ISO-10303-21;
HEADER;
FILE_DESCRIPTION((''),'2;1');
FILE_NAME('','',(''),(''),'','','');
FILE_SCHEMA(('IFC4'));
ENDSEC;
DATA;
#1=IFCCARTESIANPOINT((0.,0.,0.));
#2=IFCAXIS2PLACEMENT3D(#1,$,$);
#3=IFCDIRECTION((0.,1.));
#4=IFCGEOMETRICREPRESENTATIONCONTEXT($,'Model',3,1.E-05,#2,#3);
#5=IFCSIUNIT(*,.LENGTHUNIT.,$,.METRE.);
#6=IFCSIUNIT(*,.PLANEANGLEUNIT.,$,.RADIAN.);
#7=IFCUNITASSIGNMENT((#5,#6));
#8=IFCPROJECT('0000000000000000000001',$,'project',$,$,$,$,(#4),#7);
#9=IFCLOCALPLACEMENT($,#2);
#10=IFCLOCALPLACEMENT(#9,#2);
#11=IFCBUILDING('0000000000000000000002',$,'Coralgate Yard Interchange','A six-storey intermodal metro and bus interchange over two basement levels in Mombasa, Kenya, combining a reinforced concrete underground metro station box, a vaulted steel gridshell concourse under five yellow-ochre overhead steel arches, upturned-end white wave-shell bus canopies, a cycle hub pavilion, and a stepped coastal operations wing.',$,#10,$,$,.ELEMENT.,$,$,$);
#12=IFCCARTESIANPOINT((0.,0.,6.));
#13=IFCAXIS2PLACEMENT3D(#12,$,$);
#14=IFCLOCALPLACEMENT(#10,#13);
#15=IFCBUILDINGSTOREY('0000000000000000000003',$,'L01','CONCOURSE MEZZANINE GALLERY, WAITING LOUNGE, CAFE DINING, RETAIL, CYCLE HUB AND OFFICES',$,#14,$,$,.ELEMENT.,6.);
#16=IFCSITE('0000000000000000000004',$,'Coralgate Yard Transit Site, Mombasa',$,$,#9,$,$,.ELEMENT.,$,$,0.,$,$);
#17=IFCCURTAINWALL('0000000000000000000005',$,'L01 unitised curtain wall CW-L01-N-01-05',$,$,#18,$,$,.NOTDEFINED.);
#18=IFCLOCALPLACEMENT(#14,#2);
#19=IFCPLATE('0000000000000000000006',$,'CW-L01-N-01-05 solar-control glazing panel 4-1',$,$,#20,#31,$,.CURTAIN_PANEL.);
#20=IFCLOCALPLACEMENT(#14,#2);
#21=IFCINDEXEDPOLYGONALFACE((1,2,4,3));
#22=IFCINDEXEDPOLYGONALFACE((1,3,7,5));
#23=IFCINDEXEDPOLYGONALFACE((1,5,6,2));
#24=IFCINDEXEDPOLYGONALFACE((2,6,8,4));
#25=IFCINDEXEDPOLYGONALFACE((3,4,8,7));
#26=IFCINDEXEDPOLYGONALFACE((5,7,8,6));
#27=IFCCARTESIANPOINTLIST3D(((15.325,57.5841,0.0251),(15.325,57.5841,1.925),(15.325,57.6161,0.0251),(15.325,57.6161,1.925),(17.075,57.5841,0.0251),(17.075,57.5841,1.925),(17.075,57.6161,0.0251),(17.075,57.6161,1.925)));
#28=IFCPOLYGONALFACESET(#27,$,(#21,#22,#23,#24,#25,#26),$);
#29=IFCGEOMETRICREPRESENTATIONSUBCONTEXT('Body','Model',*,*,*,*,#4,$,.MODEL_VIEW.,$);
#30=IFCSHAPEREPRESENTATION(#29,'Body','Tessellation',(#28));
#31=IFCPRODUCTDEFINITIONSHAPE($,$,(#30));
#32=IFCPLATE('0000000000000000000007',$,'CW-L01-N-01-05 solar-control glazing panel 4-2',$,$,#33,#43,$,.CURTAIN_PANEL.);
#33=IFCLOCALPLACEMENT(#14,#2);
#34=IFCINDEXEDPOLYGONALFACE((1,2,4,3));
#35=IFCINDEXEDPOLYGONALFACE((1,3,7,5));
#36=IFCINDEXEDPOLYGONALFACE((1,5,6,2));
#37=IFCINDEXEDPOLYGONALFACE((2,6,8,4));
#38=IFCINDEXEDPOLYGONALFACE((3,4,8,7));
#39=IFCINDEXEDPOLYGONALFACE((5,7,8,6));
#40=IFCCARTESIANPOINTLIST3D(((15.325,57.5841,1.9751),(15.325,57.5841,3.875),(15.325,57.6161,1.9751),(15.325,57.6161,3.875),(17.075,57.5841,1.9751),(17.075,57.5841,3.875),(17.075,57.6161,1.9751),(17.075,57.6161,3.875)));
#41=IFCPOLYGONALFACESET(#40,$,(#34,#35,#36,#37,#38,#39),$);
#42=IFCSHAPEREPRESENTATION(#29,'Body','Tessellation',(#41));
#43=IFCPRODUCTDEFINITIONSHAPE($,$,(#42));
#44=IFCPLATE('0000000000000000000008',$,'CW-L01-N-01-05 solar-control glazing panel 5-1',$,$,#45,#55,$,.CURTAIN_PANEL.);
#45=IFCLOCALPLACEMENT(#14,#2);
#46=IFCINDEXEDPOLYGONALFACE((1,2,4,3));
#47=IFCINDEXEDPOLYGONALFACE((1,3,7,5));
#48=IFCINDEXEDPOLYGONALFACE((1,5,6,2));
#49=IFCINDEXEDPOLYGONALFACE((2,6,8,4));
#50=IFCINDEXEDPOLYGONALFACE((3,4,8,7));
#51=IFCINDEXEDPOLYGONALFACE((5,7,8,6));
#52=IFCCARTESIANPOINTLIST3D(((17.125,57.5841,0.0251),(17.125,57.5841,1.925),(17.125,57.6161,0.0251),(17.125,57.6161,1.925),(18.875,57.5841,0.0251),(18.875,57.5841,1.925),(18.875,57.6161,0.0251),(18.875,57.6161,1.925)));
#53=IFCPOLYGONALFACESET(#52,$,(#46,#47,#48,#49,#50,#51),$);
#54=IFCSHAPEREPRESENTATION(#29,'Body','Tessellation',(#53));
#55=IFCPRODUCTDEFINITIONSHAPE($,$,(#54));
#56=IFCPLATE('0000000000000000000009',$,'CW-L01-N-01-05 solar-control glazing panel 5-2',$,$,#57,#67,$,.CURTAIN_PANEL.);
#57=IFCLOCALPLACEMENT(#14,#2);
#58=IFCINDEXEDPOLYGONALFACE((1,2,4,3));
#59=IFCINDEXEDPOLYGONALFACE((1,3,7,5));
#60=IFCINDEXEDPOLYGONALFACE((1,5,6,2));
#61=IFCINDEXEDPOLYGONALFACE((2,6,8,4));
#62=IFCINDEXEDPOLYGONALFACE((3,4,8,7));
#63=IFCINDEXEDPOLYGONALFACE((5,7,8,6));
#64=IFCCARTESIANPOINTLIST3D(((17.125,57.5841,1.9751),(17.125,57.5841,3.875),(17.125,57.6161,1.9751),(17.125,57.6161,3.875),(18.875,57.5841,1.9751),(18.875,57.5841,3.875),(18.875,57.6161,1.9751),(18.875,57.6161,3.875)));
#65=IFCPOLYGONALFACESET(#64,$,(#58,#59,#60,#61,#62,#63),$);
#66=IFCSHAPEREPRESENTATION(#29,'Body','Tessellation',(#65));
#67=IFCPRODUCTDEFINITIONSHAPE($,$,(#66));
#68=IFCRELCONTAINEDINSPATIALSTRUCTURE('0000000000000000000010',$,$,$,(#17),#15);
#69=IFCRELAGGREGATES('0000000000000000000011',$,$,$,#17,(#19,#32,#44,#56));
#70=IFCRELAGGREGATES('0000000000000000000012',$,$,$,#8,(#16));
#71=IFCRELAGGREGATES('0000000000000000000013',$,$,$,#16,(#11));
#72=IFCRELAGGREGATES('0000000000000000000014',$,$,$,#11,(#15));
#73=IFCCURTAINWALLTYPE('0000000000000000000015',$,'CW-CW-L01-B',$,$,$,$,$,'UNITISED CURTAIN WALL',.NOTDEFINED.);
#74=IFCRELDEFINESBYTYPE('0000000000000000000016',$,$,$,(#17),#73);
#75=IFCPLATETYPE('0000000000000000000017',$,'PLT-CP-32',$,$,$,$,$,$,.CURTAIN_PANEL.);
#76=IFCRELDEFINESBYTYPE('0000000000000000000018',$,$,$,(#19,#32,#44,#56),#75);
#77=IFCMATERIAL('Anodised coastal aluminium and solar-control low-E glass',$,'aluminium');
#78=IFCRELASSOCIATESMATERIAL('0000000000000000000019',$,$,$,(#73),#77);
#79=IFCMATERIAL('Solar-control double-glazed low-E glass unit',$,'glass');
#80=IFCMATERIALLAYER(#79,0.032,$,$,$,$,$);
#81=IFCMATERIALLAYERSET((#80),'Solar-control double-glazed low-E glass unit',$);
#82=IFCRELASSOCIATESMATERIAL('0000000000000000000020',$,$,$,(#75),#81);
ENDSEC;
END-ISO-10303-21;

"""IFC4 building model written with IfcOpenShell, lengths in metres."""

from ifc_helpers import new_model, si_unit, direction, frame, origin, origin_2d, place, context, subcontext, project, spatial, rectangle, extrude, material, layer, layer_set, type_object, element, aggregate, save


model = new_model("IFC4")

# Units and contexts
model_context = context("Model", 3, precision=1e-05, world=origin(), true_north=direction((0.0, 1.0)))
body_context = subcontext(model_context, "Body", "Model", "MODEL_VIEW")
ifc_project = project(units=[si_unit("LENGTHUNIT", "METRE"), si_unit("PLANEANGLEUNIT", "RADIAN")], contexts=[model_context])

# Site, building, storey
site_placement = place(None, origin())
site = spatial("IfcSite", under=ifc_project, at=site_placement, Name="Coralgate Yard Transit Site, Mombasa", CompositionType="ELEMENT", RefElevation=0.0)
building_placement = place(site_placement, origin())
building = spatial("IfcBuilding", under=site, at=building_placement, Name="Coralgate Yard Interchange", Description="A six-storey intermodal metro and bus interchange over two basement levels in Mombasa, Kenya, combining a reinforced concrete underground metro station box, a vaulted steel gridshell concourse under five yellow-ochre overhead steel arches, upturned-end white wave-shell bus canopies, a cycle hub pavilion, and a stepped coastal operations wing.", CompositionType="ELEMENT")
storey_placement = place(building_placement, frame((0.0, 0.0, 6.0)))
storey = spatial("IfcBuildingStorey", under=building, at=storey_placement, Name="L01", Description="CONCOURSE MEZZANINE GALLERY, WAITING LOUNGE, CAFE DINING, RETAIL, CYCLE HUB AND OFFICES", CompositionType="ELEMENT", Elevation=6.0)

# Curtain wall, plates
ifc_material_1 = material(Name="Anodised coastal aluminium and solar-control low-E glass", Category="aluminium")
curtain_wall_type = type_object("IfcCurtainWallType", Name="CW-CW-L01-B", ElementType="UNITISED CURTAIN WALL", PredefinedType="NOTDEFINED", material=ifc_material_1)
curtain_wall_placement = place(storey_placement, origin())
curtain_wall = element("IfcCurtainWall", 1, at=curtain_wall_placement, inside=storey, type_object=curtain_wall_type, Name="L01 unitised curtain wall CW-L01-N-01-05", PredefinedType="NOTDEFINED")
ifc_material_2 = material(Name="Solar-control double-glazed low-E glass unit", Category="glass")
ifc_layer = layer(ifc_material_2, 0.032)
ifc_layer_set = layer_set([ifc_layer], Name="Solar-control double-glazed low-E glass unit")
plate_type = type_object("IfcPlateType", Name="PLT-CP-32", PredefinedType="CURTAIN_PANEL", material=ifc_layer_set)
plate_1_placement = place(storey_placement, frame((16.2, 57.6001, 0.0251), z_axis=(0.0, 0.0, 1.0), x_axis=(1.0, 0.0, 0.0)))
plate_1 = element("IfcPlate", 2, at=plate_1_placement, type_object=plate_type, Name="CW-L01-N-01-05 solar-control glazing panel 4-1", PredefinedType="CURTAIN_PANEL", context=body_context, shape_type="SweptSolid", body=[
    extrude(rectangle(XDim=1.75, YDim=0.032, at=origin_2d()), origin(), (0.0, 0.0, 1.0), 1.8999),
])
plate_2_placement = place(storey_placement, frame((16.2, 57.6001, 1.9751), z_axis=(0.0, 0.0, 1.0), x_axis=(1.0, 0.0, 0.0)))
plate_2 = element("IfcPlate", 3, at=plate_2_placement, type_object=plate_type, Name="CW-L01-N-01-05 solar-control glazing panel 4-2", PredefinedType="CURTAIN_PANEL", context=body_context, shape_type="SweptSolid", body=[
    extrude(rectangle(XDim=1.75, YDim=0.032, at=origin_2d()), origin(), (0.0, 0.0, 1.0), 1.8999),
])
plate_3_placement = place(storey_placement, frame((18.0, 57.6001, 0.0251), z_axis=(0.0, 0.0, 1.0), x_axis=(1.0, 0.0, 0.0)))
plate_3 = element("IfcPlate", 4, at=plate_3_placement, type_object=plate_type, Name="CW-L01-N-01-05 solar-control glazing panel 5-1", PredefinedType="CURTAIN_PANEL", context=body_context, shape_type="SweptSolid", body=[
    extrude(rectangle(XDim=1.75, YDim=0.032, at=origin_2d()), origin(), (0.0, 0.0, 1.0), 1.8999),
])
plate_4_placement = place(storey_placement, frame((18.0, 57.6001, 1.9751), z_axis=(0.0, 0.0, 1.0), x_axis=(1.0, 0.0, 0.0)))
plate_4 = element("IfcPlate", 5, at=plate_4_placement, type_object=plate_type, Name="CW-L01-N-01-05 solar-control glazing panel 5-2", PredefinedType="CURTAIN_PANEL", context=body_context, shape_type="SweptSolid", body=[
    extrude(rectangle(XDim=1.75, YDim=0.032, at=origin_2d()), origin(), (0.0, 0.0, 1.0), 1.8999),
])
aggregate(curtain_wall, [plate_1, plate_2, plate_3, plate_4])

save(model, "model.ifc")
